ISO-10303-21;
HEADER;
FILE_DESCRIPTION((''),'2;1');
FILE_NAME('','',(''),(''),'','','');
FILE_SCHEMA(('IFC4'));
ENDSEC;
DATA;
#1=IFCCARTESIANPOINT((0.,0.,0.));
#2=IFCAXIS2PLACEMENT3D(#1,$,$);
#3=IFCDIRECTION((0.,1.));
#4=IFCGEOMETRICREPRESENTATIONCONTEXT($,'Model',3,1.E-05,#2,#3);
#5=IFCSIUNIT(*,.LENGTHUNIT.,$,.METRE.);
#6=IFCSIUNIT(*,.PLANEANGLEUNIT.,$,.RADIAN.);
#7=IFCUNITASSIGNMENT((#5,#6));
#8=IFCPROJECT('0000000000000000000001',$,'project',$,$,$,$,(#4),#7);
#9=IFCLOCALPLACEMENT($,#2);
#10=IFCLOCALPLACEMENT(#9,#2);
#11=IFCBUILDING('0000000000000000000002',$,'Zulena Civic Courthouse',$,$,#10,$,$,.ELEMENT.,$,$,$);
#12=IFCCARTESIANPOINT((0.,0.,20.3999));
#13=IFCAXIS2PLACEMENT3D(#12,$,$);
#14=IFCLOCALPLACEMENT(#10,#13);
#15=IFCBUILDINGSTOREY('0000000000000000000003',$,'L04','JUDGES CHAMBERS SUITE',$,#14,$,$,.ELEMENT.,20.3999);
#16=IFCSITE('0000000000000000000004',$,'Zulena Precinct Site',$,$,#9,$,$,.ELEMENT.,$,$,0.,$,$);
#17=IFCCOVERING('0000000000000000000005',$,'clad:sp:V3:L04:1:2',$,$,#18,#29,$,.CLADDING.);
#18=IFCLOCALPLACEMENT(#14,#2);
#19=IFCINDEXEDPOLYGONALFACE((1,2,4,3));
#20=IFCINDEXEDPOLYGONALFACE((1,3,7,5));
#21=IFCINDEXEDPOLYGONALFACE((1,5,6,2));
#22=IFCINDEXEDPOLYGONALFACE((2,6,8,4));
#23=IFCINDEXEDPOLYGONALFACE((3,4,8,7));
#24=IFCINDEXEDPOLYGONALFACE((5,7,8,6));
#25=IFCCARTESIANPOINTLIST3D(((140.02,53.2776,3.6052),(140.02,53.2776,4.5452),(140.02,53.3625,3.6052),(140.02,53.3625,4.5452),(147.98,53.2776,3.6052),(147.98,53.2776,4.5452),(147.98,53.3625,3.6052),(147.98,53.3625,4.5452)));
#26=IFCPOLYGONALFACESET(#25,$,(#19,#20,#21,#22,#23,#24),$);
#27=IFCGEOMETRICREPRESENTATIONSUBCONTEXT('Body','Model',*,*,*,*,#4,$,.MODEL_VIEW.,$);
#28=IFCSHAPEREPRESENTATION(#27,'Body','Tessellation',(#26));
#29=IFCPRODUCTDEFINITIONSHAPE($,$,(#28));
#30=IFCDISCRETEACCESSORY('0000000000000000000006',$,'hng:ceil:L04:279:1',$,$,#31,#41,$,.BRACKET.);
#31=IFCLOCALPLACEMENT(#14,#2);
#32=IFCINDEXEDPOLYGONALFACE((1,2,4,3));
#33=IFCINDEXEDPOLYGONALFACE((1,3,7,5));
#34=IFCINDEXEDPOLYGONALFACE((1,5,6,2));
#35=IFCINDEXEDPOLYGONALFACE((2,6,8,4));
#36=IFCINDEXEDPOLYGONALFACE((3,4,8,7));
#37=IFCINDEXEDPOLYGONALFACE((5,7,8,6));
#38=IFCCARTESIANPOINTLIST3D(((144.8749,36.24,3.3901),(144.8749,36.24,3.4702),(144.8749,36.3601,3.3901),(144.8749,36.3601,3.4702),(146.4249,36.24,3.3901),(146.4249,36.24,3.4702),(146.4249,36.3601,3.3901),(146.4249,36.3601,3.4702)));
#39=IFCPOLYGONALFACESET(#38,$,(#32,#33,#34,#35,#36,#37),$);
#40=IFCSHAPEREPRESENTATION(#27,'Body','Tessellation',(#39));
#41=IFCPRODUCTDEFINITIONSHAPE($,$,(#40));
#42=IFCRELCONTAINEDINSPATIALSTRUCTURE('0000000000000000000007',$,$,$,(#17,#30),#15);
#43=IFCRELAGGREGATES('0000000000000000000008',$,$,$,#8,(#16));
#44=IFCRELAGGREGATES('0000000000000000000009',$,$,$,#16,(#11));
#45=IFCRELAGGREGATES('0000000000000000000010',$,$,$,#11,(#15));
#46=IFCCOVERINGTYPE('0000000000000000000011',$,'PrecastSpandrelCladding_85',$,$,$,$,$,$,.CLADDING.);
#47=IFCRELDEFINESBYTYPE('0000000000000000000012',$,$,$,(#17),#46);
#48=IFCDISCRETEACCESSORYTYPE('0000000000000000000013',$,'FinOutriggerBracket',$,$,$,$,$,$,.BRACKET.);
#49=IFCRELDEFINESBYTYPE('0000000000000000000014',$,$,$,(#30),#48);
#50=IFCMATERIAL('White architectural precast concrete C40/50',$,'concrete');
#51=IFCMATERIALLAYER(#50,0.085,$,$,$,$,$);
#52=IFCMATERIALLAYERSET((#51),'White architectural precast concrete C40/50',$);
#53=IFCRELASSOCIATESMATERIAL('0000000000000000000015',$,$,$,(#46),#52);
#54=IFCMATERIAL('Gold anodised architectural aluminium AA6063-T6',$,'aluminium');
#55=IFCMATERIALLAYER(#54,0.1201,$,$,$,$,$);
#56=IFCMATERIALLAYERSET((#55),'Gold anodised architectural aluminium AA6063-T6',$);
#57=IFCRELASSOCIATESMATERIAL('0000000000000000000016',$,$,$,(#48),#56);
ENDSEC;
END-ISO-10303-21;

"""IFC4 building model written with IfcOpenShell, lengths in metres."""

from ifc_helpers import new_model, si_unit, direction, frame, origin, origin_2d, place, context, subcontext, project, spatial, rectangle, extrude, material, layer, layer_set, type_object, element, save


model = new_model("IFC4")

# Units and contexts
model_context = context("Model", 3, precision=1e-05, world=origin(), true_north=direction((0.0, 1.0)))
body_context = subcontext(model_context, "Body", "Model", "MODEL_VIEW")
ifc_project = project(units=[si_unit("LENGTHUNIT", "METRE"), si_unit("PLANEANGLEUNIT", "RADIAN")], contexts=[model_context])

# Site, building, storey
site_placement = place(None, origin())
site = spatial("IfcSite", under=ifc_project, at=site_placement, Name="Zulena Precinct Site", CompositionType="ELEMENT", RefElevation=0.0)
building_placement = place(site_placement, origin())
building = spatial("IfcBuilding", under=site, at=building_placement, Name="Zulena Civic Courthouse", CompositionType="ELEMENT")
storey_placement = place(building_placement, frame((0.0, 0.0, 20.3999)))
storey = spatial("IfcBuildingStorey", under=building, at=storey_placement, Name="L04", Description="JUDGES CHAMBERS SUITE", CompositionType="ELEMENT", Elevation=20.3999)

# Covering
ifc_material_1 = material(Name="White architectural precast concrete C40/50", Category="concrete")
ifc_layer_1 = layer(ifc_material_1, 0.085)
ifc_layer_set_1 = layer_set([ifc_layer_1], Name="White architectural precast concrete C40/50")
covering_type = type_object("IfcCoveringType", Name="PrecastSpandrelCladding_85", PredefinedType="CLADDING", material=ifc_layer_set_1)
covering_placement = place(storey_placement, frame((144.0, 53.3201, 3.6052), z_axis=(0.0, 0.0, 1.0), x_axis=(1.0, 0.0, 0.0)))
element("IfcCovering", 1, at=covering_placement, inside=storey, type_object=covering_type, Name="clad:sp:V3:L04:1:2", PredefinedType="CLADDING", context=body_context, shape_type="SweptSolid", body=[
    extrude(rectangle(XDim=7.96, YDim=0.085, at=origin_2d()), origin(), (0.0, 0.0, 1.0), 0.9399),
])

# Discrete accessory
ifc_material_2 = material(Name="Gold anodised architectural aluminium AA6063-T6", Category="aluminium")
ifc_layer_2 = layer(ifc_material_2, 0.1201)
ifc_layer_set_2 = layer_set([ifc_layer_2], Name="Gold anodised architectural aluminium AA6063-T6")
discrete_accessory_type = type_object("IfcDiscreteAccessoryType", Name="FinOutriggerBracket", PredefinedType="BRACKET", material=ifc_layer_set_2)
discrete_accessory_placement = place(storey_placement, frame((145.6499, 36.3, 3.3901), z_axis=(0.0, 0.0, 1.0), x_axis=(1.0, 0.0, 0.0)))
element("IfcDiscreteAccessory", 2, at=discrete_accessory_placement, inside=storey, type_object=discrete_accessory_type, Name="hng:ceil:L04:279:1", PredefinedType="BRACKET", context=body_context, shape_type="SweptSolid", body=[
    extrude(rectangle(XDim=1.55, YDim=0.1201, at=origin_2d()), origin(), (0.0, 0.0, 1.0), 0.0801),
])

save(model, "model.ifc")
